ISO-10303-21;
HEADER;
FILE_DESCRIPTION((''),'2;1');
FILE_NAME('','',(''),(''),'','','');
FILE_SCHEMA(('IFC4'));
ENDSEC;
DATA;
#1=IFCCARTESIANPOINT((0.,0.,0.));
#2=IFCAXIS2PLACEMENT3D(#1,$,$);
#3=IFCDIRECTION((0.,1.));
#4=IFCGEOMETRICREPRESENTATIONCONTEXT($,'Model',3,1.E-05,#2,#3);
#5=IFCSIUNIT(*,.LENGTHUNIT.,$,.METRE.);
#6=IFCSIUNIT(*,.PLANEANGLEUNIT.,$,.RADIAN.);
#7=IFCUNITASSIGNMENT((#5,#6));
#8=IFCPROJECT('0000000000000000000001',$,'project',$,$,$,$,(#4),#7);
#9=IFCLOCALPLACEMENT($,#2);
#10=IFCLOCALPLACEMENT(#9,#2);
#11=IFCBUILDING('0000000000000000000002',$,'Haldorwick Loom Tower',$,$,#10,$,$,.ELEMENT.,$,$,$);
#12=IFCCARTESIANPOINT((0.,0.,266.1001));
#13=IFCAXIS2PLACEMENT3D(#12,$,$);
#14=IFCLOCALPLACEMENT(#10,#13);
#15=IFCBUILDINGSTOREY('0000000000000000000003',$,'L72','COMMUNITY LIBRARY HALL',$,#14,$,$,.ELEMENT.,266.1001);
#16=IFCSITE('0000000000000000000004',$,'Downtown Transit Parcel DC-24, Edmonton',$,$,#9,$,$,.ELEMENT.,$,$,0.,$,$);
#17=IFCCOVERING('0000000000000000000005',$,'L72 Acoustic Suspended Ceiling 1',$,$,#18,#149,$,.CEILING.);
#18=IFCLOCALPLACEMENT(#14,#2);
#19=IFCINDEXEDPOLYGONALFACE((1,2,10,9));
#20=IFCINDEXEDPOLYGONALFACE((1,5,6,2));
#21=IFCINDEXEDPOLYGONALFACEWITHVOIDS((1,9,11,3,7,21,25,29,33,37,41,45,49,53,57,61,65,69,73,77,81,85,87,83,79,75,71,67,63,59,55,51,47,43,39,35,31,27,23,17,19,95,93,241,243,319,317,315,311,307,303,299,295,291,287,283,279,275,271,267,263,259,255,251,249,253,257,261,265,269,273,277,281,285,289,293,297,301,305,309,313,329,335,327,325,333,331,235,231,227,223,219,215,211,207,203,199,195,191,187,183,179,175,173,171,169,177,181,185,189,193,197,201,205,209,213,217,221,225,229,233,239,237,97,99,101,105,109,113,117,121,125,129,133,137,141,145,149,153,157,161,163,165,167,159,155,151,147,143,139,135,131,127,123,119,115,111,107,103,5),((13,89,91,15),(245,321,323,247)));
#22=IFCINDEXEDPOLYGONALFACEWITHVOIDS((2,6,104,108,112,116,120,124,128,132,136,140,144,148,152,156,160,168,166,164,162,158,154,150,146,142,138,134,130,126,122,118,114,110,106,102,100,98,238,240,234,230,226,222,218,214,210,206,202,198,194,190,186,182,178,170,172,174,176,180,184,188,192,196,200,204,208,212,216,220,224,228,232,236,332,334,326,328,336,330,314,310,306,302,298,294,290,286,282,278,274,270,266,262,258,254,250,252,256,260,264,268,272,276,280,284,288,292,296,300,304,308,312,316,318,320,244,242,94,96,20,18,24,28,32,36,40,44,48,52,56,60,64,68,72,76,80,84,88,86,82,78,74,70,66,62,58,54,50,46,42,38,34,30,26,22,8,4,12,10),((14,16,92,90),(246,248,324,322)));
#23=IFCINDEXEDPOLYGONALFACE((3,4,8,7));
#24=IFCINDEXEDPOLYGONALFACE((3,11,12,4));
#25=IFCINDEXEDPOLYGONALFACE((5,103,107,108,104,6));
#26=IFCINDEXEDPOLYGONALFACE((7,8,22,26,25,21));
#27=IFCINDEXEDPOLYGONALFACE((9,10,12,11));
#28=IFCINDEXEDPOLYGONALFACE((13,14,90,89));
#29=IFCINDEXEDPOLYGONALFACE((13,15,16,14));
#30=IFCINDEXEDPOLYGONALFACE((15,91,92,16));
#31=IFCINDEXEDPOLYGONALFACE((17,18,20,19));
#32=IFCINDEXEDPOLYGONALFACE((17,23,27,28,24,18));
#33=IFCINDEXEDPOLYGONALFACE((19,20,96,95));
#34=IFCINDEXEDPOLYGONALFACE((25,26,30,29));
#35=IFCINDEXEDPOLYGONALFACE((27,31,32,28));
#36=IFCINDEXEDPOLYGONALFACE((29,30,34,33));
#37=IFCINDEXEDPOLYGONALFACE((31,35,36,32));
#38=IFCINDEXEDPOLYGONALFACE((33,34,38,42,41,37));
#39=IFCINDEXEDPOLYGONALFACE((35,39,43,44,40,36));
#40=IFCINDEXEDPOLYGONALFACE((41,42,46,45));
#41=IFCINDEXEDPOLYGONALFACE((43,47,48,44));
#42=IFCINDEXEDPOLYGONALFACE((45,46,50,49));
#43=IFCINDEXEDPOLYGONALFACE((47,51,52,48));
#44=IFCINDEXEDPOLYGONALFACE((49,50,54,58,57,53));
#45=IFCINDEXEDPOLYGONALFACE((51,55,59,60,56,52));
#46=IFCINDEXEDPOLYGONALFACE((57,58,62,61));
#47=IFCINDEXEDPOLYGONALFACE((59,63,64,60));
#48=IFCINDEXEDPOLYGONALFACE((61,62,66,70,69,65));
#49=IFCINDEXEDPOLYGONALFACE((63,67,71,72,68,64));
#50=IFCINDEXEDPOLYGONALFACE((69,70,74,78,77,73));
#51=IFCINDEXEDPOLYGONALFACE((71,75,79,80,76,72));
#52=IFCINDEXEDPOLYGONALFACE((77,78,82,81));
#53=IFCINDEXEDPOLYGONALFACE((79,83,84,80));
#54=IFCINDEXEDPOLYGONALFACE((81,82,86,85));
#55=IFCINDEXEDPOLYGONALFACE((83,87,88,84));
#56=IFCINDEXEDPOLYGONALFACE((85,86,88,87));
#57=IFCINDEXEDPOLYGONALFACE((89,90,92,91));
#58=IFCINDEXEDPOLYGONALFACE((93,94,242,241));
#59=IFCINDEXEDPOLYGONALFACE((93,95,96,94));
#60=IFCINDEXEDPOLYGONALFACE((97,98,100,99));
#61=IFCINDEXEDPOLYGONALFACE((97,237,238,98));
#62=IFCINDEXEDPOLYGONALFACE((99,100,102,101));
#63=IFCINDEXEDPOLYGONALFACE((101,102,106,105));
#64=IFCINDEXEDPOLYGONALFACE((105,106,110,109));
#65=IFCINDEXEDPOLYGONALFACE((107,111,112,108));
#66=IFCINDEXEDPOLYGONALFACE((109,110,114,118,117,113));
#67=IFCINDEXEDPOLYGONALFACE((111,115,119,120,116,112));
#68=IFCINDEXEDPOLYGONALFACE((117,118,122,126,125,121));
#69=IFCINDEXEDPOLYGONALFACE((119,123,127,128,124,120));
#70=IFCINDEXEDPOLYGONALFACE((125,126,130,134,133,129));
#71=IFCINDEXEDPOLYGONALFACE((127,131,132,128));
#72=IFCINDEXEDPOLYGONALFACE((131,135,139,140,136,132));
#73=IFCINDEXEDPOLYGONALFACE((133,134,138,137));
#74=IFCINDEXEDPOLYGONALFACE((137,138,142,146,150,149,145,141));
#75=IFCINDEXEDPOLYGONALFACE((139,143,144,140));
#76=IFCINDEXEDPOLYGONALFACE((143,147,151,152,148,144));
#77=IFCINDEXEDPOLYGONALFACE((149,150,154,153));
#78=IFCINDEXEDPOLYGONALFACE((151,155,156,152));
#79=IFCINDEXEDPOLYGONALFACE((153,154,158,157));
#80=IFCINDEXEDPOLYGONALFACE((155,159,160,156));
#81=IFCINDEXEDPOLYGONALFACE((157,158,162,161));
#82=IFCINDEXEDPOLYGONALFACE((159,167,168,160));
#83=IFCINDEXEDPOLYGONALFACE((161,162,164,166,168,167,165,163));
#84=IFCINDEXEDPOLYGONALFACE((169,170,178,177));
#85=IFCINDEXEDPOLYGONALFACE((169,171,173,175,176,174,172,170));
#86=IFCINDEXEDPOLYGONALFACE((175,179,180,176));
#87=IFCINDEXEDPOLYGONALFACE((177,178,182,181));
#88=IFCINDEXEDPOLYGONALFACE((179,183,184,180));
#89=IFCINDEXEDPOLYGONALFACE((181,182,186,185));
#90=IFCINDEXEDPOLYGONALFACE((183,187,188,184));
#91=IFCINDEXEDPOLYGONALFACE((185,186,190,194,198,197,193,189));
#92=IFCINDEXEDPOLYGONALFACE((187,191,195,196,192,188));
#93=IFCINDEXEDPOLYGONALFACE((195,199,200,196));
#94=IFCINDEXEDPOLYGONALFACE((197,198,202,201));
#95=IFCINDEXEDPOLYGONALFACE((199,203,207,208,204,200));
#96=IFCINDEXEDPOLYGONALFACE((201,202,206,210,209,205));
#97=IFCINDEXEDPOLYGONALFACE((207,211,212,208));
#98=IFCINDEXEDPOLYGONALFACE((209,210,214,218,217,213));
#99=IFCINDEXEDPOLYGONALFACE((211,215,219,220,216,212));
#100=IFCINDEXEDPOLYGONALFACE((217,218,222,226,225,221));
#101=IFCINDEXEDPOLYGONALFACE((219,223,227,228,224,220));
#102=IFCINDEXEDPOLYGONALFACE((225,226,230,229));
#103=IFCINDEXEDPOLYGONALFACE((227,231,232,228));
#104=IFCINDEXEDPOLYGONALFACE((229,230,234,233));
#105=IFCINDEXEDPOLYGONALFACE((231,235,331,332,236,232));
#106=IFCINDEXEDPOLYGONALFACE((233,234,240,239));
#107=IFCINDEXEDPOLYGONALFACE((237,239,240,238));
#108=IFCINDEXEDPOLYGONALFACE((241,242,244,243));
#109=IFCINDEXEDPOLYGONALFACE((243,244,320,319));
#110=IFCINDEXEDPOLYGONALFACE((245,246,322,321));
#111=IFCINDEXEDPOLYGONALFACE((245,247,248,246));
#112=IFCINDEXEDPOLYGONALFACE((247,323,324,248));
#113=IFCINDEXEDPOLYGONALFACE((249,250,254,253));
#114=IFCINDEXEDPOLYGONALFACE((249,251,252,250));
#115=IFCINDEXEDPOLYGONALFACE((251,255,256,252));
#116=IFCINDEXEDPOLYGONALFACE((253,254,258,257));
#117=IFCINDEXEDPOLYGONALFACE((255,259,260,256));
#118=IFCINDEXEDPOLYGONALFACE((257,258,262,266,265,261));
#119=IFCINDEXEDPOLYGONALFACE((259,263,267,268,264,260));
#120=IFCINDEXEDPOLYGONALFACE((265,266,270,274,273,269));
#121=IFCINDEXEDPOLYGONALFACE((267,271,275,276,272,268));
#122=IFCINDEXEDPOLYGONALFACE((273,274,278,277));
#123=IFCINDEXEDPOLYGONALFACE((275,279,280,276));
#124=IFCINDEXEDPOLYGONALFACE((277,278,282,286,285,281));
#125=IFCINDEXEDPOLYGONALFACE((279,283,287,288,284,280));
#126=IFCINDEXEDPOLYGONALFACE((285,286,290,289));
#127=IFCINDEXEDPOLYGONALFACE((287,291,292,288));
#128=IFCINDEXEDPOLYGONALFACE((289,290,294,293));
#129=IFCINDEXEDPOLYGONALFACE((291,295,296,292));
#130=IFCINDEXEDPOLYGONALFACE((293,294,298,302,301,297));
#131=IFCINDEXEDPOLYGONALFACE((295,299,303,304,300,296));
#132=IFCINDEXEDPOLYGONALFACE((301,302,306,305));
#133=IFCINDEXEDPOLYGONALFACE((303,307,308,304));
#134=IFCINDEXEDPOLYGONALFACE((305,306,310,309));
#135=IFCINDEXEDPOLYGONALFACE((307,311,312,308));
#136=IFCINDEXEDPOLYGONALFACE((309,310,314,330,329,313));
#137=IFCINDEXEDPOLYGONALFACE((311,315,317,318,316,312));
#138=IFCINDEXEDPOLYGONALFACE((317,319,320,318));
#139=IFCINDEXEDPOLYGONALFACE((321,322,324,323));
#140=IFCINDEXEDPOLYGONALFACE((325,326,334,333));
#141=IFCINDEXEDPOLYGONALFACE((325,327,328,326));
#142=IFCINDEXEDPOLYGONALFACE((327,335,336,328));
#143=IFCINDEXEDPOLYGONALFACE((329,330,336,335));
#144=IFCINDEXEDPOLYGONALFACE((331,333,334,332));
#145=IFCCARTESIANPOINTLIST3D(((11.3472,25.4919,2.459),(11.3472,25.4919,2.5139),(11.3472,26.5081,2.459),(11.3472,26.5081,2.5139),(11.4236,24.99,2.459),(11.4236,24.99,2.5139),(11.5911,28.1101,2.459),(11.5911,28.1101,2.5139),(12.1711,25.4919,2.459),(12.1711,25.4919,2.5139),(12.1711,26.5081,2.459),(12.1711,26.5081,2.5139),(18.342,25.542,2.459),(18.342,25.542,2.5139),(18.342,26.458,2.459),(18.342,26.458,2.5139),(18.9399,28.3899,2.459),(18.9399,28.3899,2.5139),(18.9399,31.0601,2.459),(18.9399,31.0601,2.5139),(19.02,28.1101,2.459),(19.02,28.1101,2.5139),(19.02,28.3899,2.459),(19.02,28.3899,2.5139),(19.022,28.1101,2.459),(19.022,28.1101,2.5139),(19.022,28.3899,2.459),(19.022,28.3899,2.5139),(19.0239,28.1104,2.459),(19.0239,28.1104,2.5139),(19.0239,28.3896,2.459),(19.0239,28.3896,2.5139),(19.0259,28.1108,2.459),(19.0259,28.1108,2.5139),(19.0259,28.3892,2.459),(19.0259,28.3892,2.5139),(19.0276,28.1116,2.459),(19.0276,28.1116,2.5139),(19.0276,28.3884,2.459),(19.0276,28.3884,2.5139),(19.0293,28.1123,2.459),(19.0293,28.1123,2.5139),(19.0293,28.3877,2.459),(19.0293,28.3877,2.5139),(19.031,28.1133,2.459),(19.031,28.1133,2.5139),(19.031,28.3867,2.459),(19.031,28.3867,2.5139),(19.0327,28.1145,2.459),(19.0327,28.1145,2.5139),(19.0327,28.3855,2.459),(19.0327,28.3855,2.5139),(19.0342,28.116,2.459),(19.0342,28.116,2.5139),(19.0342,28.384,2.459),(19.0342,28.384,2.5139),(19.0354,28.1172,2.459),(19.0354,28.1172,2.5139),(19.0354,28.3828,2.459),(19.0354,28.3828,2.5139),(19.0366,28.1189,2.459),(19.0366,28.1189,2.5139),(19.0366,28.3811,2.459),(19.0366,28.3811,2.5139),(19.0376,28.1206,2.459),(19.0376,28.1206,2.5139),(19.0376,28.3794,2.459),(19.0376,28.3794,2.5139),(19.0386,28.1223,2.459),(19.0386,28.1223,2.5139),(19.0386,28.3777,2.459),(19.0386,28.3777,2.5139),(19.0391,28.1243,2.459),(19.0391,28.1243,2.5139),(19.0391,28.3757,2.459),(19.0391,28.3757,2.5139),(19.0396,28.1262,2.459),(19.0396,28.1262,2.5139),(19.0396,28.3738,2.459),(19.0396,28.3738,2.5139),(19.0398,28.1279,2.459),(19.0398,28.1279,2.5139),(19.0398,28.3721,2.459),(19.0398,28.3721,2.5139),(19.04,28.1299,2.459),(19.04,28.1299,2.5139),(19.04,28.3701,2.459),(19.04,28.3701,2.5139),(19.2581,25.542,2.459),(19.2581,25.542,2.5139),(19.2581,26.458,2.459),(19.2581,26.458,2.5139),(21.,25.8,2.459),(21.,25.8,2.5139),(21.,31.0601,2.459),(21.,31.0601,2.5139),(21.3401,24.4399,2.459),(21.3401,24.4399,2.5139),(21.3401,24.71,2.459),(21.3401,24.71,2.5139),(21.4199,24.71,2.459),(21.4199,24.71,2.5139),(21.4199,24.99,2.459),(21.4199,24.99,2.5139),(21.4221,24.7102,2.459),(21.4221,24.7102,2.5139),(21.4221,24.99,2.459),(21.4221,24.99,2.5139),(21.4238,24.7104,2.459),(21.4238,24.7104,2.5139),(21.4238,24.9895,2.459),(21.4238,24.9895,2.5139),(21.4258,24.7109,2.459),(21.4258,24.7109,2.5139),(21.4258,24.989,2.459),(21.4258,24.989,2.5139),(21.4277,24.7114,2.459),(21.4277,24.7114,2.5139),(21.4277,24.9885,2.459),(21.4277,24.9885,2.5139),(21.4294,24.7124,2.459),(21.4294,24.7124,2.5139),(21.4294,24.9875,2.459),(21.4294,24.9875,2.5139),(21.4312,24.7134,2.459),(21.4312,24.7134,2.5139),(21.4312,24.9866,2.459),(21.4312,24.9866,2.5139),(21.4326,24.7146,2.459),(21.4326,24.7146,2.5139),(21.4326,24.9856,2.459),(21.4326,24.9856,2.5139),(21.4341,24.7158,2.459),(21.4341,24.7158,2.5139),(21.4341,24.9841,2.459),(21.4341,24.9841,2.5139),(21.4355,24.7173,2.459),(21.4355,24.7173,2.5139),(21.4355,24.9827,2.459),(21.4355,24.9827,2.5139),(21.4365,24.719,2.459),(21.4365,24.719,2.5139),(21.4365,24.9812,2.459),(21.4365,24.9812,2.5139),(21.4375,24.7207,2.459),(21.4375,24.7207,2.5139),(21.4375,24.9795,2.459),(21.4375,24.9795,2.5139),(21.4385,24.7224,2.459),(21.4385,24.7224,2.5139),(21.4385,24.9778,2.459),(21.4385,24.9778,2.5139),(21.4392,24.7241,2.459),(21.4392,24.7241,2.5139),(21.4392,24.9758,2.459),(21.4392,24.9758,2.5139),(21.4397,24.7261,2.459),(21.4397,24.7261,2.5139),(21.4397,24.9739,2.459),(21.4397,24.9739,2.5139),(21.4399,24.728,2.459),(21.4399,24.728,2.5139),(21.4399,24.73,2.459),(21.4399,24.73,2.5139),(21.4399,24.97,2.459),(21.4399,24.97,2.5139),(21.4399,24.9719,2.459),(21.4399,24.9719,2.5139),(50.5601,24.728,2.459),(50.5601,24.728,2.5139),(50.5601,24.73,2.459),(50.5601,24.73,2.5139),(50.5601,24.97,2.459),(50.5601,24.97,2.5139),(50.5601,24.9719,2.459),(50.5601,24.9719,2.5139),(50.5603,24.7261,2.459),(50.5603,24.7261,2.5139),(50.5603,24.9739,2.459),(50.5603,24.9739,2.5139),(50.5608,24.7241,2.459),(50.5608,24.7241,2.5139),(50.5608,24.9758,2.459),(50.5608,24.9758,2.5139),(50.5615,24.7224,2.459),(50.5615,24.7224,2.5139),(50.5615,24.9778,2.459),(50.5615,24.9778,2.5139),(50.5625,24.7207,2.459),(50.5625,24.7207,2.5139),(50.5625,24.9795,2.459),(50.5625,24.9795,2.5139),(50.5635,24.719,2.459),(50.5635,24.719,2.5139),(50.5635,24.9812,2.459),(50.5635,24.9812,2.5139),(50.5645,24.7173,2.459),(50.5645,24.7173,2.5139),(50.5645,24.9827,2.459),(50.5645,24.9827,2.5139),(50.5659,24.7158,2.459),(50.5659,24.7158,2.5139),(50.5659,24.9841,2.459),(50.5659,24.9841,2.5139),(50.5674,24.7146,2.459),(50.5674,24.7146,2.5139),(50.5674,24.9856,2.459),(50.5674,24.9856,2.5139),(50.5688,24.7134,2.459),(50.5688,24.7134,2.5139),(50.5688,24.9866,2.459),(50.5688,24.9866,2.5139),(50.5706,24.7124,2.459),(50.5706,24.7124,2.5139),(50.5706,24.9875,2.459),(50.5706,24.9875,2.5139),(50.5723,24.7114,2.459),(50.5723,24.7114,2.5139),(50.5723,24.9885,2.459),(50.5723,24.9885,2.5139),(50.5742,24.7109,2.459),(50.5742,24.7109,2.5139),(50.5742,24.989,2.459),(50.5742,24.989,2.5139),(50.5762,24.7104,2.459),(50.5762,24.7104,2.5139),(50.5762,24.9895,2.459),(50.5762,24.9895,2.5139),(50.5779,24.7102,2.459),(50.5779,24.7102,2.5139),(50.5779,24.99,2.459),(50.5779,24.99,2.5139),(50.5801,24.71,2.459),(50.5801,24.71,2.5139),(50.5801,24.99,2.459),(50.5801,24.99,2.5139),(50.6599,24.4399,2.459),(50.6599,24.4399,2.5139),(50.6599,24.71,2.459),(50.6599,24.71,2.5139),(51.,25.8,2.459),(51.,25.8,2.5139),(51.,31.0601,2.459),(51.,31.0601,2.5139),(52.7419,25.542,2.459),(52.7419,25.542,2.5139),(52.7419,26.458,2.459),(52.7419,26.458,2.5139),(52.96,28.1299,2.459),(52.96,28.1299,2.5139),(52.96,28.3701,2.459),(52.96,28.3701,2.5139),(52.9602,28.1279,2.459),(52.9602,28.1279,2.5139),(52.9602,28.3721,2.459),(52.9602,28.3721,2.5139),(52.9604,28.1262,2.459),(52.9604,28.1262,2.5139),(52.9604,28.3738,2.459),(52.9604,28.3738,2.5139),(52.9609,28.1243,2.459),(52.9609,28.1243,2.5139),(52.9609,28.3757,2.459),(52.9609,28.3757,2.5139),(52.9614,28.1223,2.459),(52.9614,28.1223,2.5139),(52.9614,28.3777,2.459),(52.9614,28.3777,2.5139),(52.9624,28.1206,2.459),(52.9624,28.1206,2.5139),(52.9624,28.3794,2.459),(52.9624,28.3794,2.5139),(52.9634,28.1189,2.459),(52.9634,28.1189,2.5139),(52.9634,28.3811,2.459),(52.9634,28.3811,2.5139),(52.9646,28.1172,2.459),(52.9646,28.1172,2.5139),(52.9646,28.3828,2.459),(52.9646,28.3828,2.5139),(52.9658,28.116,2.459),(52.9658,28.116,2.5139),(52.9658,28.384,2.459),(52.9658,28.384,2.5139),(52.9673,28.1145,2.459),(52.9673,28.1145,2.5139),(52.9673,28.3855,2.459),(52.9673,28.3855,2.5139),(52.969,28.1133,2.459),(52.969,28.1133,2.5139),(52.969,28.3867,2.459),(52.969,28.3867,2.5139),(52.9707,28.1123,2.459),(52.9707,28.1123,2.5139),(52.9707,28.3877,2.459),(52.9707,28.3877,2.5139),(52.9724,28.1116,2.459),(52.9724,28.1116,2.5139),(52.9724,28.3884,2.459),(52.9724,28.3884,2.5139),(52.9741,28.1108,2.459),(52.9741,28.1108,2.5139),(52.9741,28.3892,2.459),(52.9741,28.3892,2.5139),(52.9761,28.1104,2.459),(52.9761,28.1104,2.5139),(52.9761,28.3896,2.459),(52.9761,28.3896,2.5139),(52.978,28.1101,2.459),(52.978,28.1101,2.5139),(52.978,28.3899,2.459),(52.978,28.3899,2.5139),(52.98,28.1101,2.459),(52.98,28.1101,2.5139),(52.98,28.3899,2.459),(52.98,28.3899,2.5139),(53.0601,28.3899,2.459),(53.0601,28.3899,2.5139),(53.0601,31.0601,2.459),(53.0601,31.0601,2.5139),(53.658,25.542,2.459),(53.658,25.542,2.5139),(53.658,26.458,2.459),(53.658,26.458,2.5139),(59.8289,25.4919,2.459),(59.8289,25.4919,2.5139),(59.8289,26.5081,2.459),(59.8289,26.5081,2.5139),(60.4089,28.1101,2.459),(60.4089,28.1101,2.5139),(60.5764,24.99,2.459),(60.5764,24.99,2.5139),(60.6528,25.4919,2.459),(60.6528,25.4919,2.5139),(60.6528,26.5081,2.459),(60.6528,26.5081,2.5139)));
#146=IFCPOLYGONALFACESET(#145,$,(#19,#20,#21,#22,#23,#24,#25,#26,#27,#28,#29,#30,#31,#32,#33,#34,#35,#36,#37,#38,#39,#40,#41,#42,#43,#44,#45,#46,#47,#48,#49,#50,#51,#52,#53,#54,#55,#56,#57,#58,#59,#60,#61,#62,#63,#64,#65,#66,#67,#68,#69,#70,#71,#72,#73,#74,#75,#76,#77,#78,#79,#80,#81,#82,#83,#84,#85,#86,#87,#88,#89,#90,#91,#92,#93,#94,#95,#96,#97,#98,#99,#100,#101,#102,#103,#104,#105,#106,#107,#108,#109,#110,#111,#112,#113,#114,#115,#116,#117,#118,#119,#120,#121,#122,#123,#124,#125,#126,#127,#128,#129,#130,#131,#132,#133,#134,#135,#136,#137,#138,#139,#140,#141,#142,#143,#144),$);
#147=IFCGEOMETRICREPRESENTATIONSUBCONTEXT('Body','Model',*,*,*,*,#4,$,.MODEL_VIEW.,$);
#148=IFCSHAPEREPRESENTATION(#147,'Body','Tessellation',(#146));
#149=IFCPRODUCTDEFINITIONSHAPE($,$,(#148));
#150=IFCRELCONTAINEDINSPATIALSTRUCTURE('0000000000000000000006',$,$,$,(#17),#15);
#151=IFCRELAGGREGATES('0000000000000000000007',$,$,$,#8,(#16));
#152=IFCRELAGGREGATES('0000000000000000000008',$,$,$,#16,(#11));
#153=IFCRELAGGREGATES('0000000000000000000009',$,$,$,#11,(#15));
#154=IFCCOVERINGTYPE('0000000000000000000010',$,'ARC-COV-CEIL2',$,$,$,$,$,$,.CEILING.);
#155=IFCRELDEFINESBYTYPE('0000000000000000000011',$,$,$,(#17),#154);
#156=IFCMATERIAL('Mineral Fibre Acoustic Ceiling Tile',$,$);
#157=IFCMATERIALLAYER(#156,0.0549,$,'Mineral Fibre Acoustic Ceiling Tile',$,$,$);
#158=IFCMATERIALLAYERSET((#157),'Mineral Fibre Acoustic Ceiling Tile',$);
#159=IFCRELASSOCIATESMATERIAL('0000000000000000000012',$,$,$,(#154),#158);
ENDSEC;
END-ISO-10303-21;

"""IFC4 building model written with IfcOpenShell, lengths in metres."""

from ifc_helpers import new_model, si_unit, direction, frame, origin, place, context, subcontext, project, spatial, polyline, outline, extrude, material, layer, layer_set, type_object, element, save


model = new_model("IFC4")

# Units and contexts
model_context = context("Model", 3, precision=1e-05, world=origin(), true_north=direction((0.0, 1.0)))
body_context = subcontext(model_context, "Body", "Model", "MODEL_VIEW")
ifc_project = project(units=[si_unit("LENGTHUNIT", "METRE"), si_unit("PLANEANGLEUNIT", "RADIAN")], contexts=[model_context])

# Site, building, storey
site_placement = place(None, origin())
site = spatial("IfcSite", under=ifc_project, at=site_placement, Name="Downtown Transit Parcel DC-24, Edmonton", CompositionType="ELEMENT", RefElevation=0.0)
building_placement = place(site_placement, origin())
building = spatial("IfcBuilding", under=site, at=building_placement, Name="Haldorwick Loom Tower", CompositionType="ELEMENT")
storey_placement = place(building_placement, frame((0.0, 0.0, 266.1001)))
storey = spatial("IfcBuildingStorey", under=building, at=storey_placement, Name="L72", Description="COMMUNITY LIBRARY HALL", CompositionType="ELEMENT", Elevation=266.1001)

# Covering
ifc_material_1 = material(Name="Mineral Fibre Acoustic Ceiling Tile")
ifc_layer_1 = layer(ifc_material_1, 0.0549, Name="Mineral Fibre Acoustic Ceiling Tile")
ifc_layer_set_1 = layer_set([ifc_layer_1], Name="Mineral Fibre Acoustic Ceiling Tile")
covering_type_1 = type_object("IfcCoveringType", Name="ARC-COV-CEIL2", PredefinedType="CEILING", material=ifc_layer_set_1)
covering_1_placement = place(storey_placement, frame((0.0, 0.0, 2.459)))
element("IfcCovering", 1, at=covering_1_placement, inside=storey, type_object=covering_type_1, Name="L72 Acoustic Suspended Ceiling 1", PredefinedType="CEILING", context=body_context, shape_type="SweptSolid", body=[
    extrude(outline(polyline([(11.4236, 24.99), (21.4199, 24.99), (21.4221, 24.99), (21.4238, 24.9895), (21.4258, 24.989), (21.4277, 24.9885), (21.4294, 24.9875), (21.4312, 24.9866), (21.4326, 24.9856), (21.4341, 24.9841), (21.4355, 24.9827), (21.4365, 24.9812), (21.4375, 24.9795), (21.4385, 24.9778), (21.4392, 24.9758), (21.4397, 24.9739), (21.4399, 24.9719), (21.4399, 24.97), (21.4399, 24.73), (21.4399, 24.728), (21.4397, 24.7261), (21.4392, 24.7241), (21.4385, 24.7224), (21.4375, 24.7207), (21.4365, 24.719), (21.4355, 24.7173), (21.4341, 24.7158), (21.4326, 24.7146), (21.4312, 24.7134), (21.4294, 24.7124), (21.4277, 24.7114), (21.4258, 24.7109), (21.4238, 24.7104), (21.4221, 24.7102), (21.4199, 24.71), (21.3401, 24.71), (21.3401, 24.4399), (50.6599, 24.4399), (50.6599, 24.71), (50.5801, 24.71), (50.5779, 24.7102), (50.5762, 24.7104), (50.5742, 24.7109), (50.5723, 24.7114), (50.5706, 24.7124), (50.5688, 24.7134), (50.5674, 24.7146), (50.5659, 24.7158), (50.5645, 24.7173), (50.5635, 24.719), (50.5625, 24.7207), (50.5615, 24.7224), (50.5608, 24.7241), (50.5603, 24.7261), (50.5601, 24.728), (50.5601, 24.73), (50.5601, 24.97), (50.5601, 24.9719), (50.5603, 24.9739), (50.5608, 24.9758), (50.5615, 24.9778), (50.5625, 24.9795), (50.5635, 24.9812), (50.5645, 24.9827), (50.5659, 24.9841), (50.5674, 24.9856), (50.5688, 24.9866), (50.5706, 24.9875), (50.5723, 24.9885), (50.5742, 24.989), (50.5762, 24.9895), (50.5779, 24.99), (50.5801, 24.99), (60.5764, 24.99), (60.6528, 25.4919), (59.8289, 25.4919), (59.8289, 26.5081), (60.6528, 26.5081), (60.4089, 28.1101), (52.98, 28.1101), (52.978, 28.1101), (52.9761, 28.1104), (52.9741, 28.1108), (52.9724, 28.1116), (52.9707, 28.1123), (52.969, 28.1133), (52.9673, 28.1145), (52.9658, 28.116), (52.9646, 28.1172), (52.9634, 28.1189), (52.9624, 28.1206), (52.9614, 28.1223), (52.9609, 28.1243), (52.9604, 28.1262), (52.9602, 28.1279), (52.96, 28.1299), (52.96, 28.3701), (52.9602, 28.3721), (52.9604, 28.3738), (52.9609, 28.3757), (52.9614, 28.3777), (52.9624, 28.3794), (52.9634, 28.3811), (52.9646, 28.3828), (52.9658, 28.384), (52.9673, 28.3855), (52.969, 28.3867), (52.9707, 28.3877), (52.9724, 28.3884), (52.9741, 28.3892), (52.9761, 28.3896), (52.978, 28.3899), (52.98, 28.3899), (53.0601, 28.3899), (53.0601, 31.0601), (51.0, 31.0601), (51.0, 25.8), (21.0, 25.8), (21.0, 31.0601), (18.9399, 31.0601), (18.9399, 28.3899), (19.02, 28.3899), (19.022, 28.3899), (19.0239, 28.3896), (19.0259, 28.3892), (19.0276, 28.3884), (19.0293, 28.3877), (19.031, 28.3867), (19.0327, 28.3855), (19.0342, 28.384), (19.0354, 28.3828), (19.0366, 28.3811), (19.0376, 28.3794), (19.0386, 28.3777), (19.0391, 28.3757), (19.0396, 28.3738), (19.0398, 28.3721), (19.04, 28.3701), (19.04, 28.1299), (19.0398, 28.1279), (19.0396, 28.1262), (19.0391, 28.1243), (19.0386, 28.1223), (19.0376, 28.1206), (19.0366, 28.1189), (19.0354, 28.1172), (19.0342, 28.116), (19.0327, 28.1145), (19.031, 28.1133), (19.0293, 28.1123), (19.0276, 28.1116), (19.0259, 28.1108), (19.0239, 28.1104), (19.022, 28.1101), (19.02, 28.1101), (11.5911, 28.1101), (11.3472, 26.5081), (12.1711, 26.5081), (12.1711, 25.4919), (11.3472, 25.4919), (11.4236, 24.99)]), holes=[polyline([(19.2581, 26.458), (19.2581, 25.542), (18.342, 25.542), (18.342, 26.458), (19.2581, 26.458)]), polyline([(53.658, 26.458), (53.658, 25.542), (52.7419, 25.542), (52.7419, 26.458), (53.658, 26.458)])]), origin(), (0.0, 0.0, 1.0), 0.0549),
])

save(model, "model.ifc")
